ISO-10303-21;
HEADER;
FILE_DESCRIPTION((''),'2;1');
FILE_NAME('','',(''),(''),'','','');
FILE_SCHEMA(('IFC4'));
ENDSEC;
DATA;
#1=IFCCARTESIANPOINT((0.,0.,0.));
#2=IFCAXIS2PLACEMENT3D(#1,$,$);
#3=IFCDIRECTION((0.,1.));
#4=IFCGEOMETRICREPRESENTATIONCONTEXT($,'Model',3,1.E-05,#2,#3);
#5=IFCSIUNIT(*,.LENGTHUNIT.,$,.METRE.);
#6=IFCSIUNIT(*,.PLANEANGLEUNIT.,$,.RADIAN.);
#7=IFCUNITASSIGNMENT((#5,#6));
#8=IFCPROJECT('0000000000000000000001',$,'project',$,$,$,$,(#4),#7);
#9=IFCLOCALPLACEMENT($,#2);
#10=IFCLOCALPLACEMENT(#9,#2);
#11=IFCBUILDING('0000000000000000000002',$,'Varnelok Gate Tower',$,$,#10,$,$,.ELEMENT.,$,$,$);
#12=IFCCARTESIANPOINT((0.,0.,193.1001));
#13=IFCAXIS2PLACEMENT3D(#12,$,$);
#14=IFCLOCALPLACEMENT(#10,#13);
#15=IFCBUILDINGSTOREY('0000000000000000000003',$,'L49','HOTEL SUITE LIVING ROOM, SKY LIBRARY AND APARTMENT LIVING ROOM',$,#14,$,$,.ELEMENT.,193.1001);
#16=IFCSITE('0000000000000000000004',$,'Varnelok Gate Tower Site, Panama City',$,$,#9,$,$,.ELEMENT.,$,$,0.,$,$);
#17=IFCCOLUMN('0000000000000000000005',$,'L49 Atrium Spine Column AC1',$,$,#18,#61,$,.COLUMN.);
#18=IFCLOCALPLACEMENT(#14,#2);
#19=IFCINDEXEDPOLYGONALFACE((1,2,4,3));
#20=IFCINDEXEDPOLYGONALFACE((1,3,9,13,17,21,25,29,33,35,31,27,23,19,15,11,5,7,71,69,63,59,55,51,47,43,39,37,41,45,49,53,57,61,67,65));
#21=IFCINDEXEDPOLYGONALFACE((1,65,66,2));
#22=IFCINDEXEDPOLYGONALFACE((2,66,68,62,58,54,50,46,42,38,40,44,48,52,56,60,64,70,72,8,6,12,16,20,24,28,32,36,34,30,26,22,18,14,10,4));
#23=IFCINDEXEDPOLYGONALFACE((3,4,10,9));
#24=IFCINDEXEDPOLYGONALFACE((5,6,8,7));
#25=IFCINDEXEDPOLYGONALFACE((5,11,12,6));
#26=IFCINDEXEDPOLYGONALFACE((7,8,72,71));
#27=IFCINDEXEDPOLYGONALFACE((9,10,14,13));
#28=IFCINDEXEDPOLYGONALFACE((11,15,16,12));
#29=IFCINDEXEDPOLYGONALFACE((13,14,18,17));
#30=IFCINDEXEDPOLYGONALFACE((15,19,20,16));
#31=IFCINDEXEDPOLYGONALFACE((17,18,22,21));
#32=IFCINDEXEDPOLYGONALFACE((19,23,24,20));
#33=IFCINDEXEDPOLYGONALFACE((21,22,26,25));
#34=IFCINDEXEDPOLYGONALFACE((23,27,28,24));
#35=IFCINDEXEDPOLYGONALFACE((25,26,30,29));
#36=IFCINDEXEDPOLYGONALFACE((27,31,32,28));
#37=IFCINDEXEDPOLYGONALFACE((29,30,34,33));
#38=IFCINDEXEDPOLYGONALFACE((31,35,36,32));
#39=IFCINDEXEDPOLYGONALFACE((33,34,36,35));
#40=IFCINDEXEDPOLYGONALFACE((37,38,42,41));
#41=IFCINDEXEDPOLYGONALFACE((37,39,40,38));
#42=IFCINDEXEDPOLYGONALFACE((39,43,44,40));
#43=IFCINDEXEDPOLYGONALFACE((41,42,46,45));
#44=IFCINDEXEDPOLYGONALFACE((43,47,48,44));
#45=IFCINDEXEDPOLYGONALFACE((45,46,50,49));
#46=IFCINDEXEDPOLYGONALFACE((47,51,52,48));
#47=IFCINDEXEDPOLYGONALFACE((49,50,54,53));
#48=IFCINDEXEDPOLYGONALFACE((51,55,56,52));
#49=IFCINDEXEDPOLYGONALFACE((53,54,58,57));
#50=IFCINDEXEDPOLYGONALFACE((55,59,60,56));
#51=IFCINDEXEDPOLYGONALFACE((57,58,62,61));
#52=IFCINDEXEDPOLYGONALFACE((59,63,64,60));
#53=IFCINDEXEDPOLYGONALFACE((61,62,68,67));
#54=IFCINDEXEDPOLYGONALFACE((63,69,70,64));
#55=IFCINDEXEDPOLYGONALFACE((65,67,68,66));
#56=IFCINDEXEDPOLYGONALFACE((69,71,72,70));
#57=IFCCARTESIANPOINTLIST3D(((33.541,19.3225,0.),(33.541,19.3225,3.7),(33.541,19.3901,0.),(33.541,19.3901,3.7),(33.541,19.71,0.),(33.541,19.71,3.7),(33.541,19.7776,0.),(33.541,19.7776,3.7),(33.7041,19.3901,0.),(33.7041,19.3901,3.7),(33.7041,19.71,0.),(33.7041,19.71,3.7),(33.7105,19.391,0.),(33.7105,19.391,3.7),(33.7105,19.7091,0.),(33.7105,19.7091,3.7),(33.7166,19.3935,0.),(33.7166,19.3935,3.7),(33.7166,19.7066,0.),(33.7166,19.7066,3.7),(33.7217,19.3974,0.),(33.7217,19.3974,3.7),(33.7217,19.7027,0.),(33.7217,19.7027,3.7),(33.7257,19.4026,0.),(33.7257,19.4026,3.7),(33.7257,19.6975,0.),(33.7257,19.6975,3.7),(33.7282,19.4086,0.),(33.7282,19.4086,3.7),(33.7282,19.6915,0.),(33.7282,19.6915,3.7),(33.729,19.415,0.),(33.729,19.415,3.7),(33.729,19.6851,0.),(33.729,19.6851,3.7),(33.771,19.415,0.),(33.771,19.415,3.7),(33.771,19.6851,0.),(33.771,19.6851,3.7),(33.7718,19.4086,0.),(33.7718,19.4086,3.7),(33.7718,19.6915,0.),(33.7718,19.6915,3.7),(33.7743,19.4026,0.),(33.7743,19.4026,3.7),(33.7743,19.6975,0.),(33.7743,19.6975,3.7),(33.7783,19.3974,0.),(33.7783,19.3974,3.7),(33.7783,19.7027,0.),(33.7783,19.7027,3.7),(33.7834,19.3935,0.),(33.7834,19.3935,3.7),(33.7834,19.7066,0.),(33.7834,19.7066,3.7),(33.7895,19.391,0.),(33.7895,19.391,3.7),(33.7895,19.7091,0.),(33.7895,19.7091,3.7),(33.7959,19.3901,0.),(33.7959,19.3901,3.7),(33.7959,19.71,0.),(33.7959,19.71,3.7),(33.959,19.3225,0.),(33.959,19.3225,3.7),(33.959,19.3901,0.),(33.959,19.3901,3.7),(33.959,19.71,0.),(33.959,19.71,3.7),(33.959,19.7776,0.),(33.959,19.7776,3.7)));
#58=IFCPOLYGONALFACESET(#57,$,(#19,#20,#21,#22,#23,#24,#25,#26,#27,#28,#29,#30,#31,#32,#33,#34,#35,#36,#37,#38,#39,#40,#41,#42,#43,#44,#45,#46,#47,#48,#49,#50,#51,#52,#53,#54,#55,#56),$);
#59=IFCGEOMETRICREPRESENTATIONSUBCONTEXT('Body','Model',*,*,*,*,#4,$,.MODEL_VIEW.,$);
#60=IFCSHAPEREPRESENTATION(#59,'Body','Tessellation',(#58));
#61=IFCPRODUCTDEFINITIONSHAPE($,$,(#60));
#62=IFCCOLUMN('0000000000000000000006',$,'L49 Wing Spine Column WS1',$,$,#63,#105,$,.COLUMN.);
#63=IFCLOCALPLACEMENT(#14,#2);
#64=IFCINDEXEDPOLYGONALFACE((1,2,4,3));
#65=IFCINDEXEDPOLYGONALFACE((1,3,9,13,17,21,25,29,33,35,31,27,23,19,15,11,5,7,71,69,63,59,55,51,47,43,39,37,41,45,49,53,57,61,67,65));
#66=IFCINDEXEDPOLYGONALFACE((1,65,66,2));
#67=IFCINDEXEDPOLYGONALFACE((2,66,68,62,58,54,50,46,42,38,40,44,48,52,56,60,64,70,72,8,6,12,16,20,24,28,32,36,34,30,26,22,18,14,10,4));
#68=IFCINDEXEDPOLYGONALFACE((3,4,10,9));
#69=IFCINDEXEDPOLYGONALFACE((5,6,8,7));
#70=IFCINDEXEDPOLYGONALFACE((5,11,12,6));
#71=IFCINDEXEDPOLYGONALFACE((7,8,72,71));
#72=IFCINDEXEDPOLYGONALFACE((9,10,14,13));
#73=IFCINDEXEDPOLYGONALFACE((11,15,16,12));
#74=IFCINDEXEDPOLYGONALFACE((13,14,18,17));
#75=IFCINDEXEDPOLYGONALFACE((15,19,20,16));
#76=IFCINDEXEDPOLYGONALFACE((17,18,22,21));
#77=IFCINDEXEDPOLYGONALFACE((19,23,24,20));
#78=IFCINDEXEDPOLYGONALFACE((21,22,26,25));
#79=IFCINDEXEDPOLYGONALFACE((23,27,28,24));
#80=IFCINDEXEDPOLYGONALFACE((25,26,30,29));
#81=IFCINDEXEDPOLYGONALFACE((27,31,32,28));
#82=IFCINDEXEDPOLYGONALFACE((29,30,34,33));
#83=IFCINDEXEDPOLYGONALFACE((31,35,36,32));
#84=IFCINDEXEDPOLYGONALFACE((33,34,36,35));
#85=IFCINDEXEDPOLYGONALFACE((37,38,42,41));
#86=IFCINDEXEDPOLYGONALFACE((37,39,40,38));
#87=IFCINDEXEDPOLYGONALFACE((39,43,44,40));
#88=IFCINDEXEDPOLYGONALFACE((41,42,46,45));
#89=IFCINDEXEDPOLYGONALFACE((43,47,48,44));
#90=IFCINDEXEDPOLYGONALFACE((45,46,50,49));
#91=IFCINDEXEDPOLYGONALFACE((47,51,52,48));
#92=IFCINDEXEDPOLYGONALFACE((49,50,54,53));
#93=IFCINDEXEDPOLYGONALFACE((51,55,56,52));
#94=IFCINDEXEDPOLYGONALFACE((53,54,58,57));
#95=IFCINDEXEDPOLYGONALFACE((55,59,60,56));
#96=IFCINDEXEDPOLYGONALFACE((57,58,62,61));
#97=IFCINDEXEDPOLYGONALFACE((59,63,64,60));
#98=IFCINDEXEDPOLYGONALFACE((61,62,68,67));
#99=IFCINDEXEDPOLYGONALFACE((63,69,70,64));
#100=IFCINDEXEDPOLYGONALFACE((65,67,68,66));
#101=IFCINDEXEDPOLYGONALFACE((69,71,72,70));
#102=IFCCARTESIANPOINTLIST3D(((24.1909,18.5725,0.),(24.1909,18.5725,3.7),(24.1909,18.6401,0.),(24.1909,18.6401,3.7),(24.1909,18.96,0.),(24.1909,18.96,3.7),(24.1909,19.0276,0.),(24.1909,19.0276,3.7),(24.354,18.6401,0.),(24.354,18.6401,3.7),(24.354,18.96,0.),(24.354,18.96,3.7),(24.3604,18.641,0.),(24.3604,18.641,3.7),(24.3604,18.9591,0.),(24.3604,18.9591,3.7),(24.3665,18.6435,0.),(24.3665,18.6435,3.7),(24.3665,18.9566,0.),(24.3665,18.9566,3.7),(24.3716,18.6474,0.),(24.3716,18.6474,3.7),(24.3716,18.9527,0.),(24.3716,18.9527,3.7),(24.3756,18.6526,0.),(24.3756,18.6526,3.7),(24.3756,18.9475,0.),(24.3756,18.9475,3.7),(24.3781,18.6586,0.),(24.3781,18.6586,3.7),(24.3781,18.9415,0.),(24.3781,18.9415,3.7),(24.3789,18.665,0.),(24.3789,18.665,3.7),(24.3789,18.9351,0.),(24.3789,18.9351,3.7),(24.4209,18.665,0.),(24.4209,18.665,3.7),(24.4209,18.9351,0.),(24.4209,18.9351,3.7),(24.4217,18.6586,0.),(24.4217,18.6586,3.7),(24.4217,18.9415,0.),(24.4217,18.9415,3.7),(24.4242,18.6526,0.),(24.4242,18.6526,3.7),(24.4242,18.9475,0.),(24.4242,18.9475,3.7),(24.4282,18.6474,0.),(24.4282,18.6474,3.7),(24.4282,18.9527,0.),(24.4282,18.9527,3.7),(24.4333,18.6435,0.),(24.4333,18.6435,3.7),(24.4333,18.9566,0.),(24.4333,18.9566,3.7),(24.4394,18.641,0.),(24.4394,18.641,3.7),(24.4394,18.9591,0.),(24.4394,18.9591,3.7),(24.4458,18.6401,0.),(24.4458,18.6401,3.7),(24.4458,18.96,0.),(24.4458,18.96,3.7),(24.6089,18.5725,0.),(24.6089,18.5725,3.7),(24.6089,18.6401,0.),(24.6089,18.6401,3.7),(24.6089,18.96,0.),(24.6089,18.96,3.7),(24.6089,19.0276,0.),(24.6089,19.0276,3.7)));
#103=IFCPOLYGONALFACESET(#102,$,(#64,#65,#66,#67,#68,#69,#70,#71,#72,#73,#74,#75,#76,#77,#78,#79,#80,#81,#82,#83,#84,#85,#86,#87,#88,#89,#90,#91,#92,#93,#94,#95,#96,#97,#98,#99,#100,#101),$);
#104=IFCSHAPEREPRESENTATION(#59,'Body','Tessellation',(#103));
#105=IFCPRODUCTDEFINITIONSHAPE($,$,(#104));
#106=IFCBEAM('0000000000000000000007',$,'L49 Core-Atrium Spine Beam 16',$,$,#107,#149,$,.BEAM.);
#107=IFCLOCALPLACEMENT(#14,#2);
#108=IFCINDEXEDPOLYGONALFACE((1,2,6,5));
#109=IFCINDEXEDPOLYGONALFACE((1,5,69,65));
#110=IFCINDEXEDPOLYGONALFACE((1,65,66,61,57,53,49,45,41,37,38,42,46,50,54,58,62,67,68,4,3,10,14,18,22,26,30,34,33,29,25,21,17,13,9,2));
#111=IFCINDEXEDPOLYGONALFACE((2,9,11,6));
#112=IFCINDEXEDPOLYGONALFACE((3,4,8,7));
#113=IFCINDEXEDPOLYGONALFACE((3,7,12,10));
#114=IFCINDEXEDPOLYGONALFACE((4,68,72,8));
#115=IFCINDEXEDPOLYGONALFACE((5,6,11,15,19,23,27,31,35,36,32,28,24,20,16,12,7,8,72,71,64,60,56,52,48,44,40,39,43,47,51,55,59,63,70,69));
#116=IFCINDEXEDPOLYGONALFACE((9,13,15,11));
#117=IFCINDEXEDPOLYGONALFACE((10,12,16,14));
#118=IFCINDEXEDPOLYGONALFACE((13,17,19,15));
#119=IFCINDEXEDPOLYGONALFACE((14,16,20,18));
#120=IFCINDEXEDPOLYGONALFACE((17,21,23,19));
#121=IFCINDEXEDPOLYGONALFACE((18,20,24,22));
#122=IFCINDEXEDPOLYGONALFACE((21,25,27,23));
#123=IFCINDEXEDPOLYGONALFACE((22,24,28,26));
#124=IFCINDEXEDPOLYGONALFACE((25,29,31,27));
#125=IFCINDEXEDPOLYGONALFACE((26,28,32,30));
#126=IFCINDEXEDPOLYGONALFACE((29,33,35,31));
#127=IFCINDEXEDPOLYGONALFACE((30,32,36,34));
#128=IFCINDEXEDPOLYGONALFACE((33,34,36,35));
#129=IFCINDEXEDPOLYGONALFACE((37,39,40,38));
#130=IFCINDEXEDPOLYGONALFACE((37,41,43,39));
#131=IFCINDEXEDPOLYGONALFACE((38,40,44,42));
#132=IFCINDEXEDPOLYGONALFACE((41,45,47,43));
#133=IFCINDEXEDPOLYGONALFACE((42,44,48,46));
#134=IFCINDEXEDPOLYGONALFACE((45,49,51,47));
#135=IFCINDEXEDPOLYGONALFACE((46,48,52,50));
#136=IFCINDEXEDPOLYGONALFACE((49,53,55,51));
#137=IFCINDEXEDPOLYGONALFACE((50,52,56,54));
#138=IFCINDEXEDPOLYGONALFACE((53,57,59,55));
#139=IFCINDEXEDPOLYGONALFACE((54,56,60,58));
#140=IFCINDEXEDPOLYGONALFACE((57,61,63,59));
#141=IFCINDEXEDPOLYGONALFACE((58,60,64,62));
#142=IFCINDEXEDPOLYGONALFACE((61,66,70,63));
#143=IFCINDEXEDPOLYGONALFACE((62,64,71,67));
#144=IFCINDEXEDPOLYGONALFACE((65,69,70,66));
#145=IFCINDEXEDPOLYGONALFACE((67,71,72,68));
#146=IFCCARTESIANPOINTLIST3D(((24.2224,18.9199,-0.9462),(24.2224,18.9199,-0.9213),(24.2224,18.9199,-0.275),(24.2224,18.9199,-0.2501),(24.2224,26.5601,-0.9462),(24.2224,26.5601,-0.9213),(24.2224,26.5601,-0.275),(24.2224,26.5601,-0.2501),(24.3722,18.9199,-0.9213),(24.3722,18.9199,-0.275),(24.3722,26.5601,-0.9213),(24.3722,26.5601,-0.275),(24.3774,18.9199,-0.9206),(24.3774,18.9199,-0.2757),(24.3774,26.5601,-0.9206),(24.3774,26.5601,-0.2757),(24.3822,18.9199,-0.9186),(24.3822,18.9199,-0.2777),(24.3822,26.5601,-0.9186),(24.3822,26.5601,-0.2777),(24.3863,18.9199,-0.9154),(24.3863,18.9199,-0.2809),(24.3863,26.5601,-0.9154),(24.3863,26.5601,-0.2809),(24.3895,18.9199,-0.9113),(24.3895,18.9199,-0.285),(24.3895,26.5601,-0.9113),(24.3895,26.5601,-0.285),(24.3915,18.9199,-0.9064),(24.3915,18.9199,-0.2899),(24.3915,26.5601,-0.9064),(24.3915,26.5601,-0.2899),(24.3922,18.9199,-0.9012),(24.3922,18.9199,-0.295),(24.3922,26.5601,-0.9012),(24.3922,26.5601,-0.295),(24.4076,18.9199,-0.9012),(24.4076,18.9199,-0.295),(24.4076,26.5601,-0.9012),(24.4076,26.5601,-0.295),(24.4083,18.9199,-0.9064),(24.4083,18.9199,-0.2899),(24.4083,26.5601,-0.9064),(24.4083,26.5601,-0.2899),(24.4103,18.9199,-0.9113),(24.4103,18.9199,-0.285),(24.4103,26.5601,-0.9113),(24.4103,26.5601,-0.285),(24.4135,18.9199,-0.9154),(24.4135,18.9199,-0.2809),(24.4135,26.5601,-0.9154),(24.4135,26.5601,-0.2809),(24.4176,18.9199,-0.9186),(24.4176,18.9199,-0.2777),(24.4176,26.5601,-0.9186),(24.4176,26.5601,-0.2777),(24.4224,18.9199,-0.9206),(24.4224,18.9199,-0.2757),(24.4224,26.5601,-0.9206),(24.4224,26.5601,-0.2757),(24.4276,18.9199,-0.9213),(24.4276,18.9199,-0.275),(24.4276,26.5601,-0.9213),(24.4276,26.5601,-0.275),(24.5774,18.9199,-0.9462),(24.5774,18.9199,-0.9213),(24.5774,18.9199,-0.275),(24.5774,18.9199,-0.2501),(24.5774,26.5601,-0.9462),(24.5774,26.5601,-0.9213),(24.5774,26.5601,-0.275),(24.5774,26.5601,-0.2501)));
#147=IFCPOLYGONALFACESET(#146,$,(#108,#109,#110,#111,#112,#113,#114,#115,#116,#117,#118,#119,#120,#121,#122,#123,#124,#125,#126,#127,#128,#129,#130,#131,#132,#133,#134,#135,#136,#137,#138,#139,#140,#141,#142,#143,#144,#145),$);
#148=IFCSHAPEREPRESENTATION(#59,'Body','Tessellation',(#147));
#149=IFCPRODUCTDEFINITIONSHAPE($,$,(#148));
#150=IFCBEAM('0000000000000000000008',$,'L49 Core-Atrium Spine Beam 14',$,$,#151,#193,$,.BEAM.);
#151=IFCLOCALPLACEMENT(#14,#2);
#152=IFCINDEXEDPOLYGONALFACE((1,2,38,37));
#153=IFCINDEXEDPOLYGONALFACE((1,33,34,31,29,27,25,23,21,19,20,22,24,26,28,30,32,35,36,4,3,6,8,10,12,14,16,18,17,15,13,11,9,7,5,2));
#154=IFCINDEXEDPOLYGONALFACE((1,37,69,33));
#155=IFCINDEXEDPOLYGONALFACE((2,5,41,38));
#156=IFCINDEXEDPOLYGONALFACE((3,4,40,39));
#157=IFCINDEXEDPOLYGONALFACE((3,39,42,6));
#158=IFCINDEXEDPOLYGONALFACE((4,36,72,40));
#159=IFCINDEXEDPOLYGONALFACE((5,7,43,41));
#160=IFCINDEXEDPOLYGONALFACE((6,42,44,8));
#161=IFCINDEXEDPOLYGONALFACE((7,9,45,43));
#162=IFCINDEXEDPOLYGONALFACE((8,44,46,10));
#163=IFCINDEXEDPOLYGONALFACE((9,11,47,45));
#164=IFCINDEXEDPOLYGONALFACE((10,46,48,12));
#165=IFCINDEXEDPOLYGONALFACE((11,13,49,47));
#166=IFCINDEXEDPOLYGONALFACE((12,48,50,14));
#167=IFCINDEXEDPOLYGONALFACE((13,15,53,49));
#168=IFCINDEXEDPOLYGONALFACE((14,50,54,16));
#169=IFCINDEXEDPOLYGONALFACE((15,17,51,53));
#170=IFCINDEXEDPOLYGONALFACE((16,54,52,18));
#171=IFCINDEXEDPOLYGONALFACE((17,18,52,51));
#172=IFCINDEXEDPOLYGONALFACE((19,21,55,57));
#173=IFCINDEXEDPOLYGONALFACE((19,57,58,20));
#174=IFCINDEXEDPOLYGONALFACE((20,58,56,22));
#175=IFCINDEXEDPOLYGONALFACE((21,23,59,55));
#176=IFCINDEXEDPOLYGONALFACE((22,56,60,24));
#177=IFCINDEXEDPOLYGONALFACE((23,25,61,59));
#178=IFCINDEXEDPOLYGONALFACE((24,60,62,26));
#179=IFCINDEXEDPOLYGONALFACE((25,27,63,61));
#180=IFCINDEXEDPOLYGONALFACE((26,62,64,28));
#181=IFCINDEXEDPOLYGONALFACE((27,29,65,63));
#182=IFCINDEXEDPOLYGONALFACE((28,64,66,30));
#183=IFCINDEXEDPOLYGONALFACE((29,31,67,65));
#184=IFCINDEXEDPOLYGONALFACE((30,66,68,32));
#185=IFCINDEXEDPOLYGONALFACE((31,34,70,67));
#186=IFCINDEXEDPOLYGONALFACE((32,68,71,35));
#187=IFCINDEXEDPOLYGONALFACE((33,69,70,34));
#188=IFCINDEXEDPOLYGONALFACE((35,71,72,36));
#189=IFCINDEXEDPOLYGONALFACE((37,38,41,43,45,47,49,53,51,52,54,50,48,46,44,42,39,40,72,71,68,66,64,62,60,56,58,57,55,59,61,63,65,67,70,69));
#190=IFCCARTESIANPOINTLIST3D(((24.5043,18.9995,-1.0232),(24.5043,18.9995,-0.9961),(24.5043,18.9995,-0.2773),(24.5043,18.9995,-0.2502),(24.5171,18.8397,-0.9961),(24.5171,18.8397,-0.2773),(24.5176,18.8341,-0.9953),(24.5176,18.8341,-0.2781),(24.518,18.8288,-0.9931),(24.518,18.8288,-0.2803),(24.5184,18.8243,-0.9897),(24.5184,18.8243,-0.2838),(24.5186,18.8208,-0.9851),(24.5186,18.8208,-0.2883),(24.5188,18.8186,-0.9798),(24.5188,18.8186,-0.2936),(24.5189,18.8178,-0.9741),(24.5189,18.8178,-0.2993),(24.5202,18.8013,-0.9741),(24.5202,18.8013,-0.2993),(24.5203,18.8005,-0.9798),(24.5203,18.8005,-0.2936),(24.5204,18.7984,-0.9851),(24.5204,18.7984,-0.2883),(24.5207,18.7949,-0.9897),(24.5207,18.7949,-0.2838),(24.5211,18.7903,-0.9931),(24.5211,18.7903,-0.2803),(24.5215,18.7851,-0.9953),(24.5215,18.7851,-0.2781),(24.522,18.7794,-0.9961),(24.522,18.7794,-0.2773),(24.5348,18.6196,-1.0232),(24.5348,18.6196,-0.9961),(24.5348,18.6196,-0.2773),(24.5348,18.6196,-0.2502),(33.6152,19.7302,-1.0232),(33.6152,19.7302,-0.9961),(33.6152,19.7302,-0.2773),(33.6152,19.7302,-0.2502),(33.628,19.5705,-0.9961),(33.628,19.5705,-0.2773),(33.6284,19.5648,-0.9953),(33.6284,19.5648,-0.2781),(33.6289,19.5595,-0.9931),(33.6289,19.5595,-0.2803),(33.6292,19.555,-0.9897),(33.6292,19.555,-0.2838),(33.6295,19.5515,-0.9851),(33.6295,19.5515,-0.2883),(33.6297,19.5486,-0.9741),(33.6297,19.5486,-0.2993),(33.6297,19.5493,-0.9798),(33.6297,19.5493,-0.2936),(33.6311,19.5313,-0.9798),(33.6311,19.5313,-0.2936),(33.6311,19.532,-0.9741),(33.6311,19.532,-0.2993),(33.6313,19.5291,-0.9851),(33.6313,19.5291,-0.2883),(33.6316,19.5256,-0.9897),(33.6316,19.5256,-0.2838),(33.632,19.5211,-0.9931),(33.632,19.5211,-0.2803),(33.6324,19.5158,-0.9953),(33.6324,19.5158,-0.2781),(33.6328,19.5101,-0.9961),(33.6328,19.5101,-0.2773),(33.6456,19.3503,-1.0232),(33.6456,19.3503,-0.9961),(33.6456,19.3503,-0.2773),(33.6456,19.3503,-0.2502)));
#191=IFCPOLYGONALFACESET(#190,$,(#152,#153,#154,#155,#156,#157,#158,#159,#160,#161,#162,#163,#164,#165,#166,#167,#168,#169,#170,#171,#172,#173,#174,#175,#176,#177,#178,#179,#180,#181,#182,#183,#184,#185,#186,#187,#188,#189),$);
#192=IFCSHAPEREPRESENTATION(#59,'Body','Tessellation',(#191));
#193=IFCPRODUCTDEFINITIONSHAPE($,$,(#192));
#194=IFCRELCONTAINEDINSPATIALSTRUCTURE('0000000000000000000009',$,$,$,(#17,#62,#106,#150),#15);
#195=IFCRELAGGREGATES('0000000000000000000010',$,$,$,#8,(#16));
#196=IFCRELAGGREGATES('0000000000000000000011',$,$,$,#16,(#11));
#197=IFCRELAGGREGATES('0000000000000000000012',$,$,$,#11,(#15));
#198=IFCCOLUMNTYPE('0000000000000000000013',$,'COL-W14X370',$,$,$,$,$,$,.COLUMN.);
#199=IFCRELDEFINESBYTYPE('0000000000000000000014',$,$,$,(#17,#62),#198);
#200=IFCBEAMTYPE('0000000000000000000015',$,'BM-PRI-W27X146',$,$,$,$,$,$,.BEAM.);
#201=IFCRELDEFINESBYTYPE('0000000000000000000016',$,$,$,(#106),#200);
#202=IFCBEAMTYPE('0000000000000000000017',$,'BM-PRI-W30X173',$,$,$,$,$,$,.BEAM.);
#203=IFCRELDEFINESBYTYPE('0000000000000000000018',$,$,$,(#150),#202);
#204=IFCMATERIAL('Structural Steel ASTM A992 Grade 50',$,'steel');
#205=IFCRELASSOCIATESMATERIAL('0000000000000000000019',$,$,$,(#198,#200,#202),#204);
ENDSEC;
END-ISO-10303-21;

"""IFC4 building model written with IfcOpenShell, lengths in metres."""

from ifc_helpers import new_model, si_unit, direction, frame, origin, origin_2d, place, context, subcontext, project, spatial, i_section, extrude, material, material_profile, profile_set, type_object, element, save


model = new_model("IFC4")

# Units and contexts
model_context = context("Model", 3, precision=1e-05, world=origin(), true_north=direction((0.0, 1.0)))
body_context = subcontext(model_context, "Body", "Model", "MODEL_VIEW")
ifc_project = project(units=[si_unit("LENGTHUNIT", "METRE"), si_unit("PLANEANGLEUNIT", "RADIAN")], contexts=[model_context])

# Site, building, storey
site_placement = place(None, origin())
site = spatial("IfcSite", under=ifc_project, at=site_placement, Name="Varnelok Gate Tower Site, Panama City", CompositionType="ELEMENT", RefElevation=0.0)
building_placement = place(site_placement, origin())
building = spatial("IfcBuilding", under=site, at=building_placement, Name="Varnelok Gate Tower", CompositionType="ELEMENT")
storey_placement = place(building_placement, frame((0.0, 0.0, 193.1001)))
storey = spatial("IfcBuildingStorey", under=building, at=storey_placement, Name="L49", Description="HOTEL SUITE LIVING ROOM, SKY LIBRARY AND APARTMENT LIVING ROOM", CompositionType="ELEMENT", Elevation=193.1001)

# Columns
ifc_material_1 = material(Name="Structural Steel ASTM A992 Grade 50", Category="steel")
ifc_material_profile_1 = material_profile(ifc_material_1, i_section(OverallWidth=0.418, OverallDepth=0.4551, WebThickness=0.042, FlangeThickness=0.0676, FilletRadius=0.0249, at=origin_2d()), Name="W14X370")
ifc_profile_set_1 = profile_set([ifc_material_profile_1], Name="Structural Steel ASTM A992 Grade 50")
column_type = type_object("IfcColumnType", Name="COL-W14X370", PredefinedType="COLUMN", material=ifc_profile_set_1)
for number, where, z_axis, x_axis, name in (
    (1, (33.75, 19.55, 0.0), (0.0, 0.0, 1.0), (1.0, 0.0, 0.0), "L49 Atrium Spine Column AC1"),
    (2, (24.3999, 18.8, 0.0), (0.0, 0.0, 1.0), (1.0, 0.0, 0.0), "L49 Wing Spine Column WS1"),
):
    element("IfcColumn", number, at=place(storey_placement, frame(where, z_axis=z_axis, x_axis=x_axis)), inside=storey, type_object=column_type, Name=name, PredefinedType="COLUMN", context=body_context, shape_type="SweptSolid", body=[
        extrude(i_section(OverallWidth=0.418, OverallDepth=0.4551, WebThickness=0.042, FlangeThickness=0.0676, FilletRadius=0.0249, at=origin_2d()), origin(), (0.0, 0.0, 1.0), 3.7),
    ])

# Beams
ifc_material_profile_2 = material_profile(ifc_material_1, i_section(OverallWidth=0.355, OverallDepth=0.696, WebThickness=0.0154, FlangeThickness=0.0249, FilletRadius=0.02, at=origin_2d()), Name="W27X146")
ifc_profile_set_2 = profile_set([ifc_material_profile_2], Name="Structural Steel ASTM A992 Grade 50")
beam_type_1 = type_object("IfcBeamType", Name="BM-PRI-W27X146", PredefinedType="BEAM", material=ifc_profile_set_2)
beam_1_placement = place(storey_placement, frame((24.3999, 18.9199, -0.5981), z_axis=(0.0, 1.0, 0.0), x_axis=(-1.0, 0.0, 0.0)))
element("IfcBeam", 3, at=beam_1_placement, inside=storey, type_object=beam_type_1, Name="L49 Core-Atrium Spine Beam 16", PredefinedType="BEAM", context=body_context, shape_type="SweptSolid", body=[
    extrude(i_section(OverallWidth=0.355, OverallDepth=0.696, WebThickness=0.0154, FlangeThickness=0.0249, FilletRadius=0.02, at=origin_2d()), origin(), (0.0, 0.0, 1.0), 7.6401),
])
ifc_material_profile_3 = material_profile(ifc_material_1, i_section(OverallWidth=0.3811, OverallDepth=0.7729, WebThickness=0.0166, FlangeThickness=0.0271, FilletRadius=0.022, at=origin_2d()), Name="W30X173")
ifc_profile_set_3 = profile_set([ifc_material_profile_3], Name="Structural Steel ASTM A992 Grade 50")
beam_type_2 = type_object("IfcBeamType", Name="BM-PRI-W30X173", PredefinedType="BEAM", material=ifc_profile_set_3)
beam_2_placement = place(storey_placement, frame((24.5195, 18.8096, -0.6367), z_axis=(0.996799, 0.079946, 0.0), x_axis=(-0.079946, 0.996799, 0.0)))
element("IfcBeam", 4, at=beam_2_placement, inside=storey, type_object=beam_type_2, Name="L49 Core-Atrium Spine Beam 14", PredefinedType="BEAM", context=body_context, shape_type="SweptSolid", body=[
    extrude(i_section(OverallWidth=0.3811, OverallDepth=0.7729, WebThickness=0.0166, FlangeThickness=0.0271, FilletRadius=0.022, at=origin_2d()), origin(), (0.0, 0.0, 1.0), 9.1401),
])

save(model, "model.ifc")
